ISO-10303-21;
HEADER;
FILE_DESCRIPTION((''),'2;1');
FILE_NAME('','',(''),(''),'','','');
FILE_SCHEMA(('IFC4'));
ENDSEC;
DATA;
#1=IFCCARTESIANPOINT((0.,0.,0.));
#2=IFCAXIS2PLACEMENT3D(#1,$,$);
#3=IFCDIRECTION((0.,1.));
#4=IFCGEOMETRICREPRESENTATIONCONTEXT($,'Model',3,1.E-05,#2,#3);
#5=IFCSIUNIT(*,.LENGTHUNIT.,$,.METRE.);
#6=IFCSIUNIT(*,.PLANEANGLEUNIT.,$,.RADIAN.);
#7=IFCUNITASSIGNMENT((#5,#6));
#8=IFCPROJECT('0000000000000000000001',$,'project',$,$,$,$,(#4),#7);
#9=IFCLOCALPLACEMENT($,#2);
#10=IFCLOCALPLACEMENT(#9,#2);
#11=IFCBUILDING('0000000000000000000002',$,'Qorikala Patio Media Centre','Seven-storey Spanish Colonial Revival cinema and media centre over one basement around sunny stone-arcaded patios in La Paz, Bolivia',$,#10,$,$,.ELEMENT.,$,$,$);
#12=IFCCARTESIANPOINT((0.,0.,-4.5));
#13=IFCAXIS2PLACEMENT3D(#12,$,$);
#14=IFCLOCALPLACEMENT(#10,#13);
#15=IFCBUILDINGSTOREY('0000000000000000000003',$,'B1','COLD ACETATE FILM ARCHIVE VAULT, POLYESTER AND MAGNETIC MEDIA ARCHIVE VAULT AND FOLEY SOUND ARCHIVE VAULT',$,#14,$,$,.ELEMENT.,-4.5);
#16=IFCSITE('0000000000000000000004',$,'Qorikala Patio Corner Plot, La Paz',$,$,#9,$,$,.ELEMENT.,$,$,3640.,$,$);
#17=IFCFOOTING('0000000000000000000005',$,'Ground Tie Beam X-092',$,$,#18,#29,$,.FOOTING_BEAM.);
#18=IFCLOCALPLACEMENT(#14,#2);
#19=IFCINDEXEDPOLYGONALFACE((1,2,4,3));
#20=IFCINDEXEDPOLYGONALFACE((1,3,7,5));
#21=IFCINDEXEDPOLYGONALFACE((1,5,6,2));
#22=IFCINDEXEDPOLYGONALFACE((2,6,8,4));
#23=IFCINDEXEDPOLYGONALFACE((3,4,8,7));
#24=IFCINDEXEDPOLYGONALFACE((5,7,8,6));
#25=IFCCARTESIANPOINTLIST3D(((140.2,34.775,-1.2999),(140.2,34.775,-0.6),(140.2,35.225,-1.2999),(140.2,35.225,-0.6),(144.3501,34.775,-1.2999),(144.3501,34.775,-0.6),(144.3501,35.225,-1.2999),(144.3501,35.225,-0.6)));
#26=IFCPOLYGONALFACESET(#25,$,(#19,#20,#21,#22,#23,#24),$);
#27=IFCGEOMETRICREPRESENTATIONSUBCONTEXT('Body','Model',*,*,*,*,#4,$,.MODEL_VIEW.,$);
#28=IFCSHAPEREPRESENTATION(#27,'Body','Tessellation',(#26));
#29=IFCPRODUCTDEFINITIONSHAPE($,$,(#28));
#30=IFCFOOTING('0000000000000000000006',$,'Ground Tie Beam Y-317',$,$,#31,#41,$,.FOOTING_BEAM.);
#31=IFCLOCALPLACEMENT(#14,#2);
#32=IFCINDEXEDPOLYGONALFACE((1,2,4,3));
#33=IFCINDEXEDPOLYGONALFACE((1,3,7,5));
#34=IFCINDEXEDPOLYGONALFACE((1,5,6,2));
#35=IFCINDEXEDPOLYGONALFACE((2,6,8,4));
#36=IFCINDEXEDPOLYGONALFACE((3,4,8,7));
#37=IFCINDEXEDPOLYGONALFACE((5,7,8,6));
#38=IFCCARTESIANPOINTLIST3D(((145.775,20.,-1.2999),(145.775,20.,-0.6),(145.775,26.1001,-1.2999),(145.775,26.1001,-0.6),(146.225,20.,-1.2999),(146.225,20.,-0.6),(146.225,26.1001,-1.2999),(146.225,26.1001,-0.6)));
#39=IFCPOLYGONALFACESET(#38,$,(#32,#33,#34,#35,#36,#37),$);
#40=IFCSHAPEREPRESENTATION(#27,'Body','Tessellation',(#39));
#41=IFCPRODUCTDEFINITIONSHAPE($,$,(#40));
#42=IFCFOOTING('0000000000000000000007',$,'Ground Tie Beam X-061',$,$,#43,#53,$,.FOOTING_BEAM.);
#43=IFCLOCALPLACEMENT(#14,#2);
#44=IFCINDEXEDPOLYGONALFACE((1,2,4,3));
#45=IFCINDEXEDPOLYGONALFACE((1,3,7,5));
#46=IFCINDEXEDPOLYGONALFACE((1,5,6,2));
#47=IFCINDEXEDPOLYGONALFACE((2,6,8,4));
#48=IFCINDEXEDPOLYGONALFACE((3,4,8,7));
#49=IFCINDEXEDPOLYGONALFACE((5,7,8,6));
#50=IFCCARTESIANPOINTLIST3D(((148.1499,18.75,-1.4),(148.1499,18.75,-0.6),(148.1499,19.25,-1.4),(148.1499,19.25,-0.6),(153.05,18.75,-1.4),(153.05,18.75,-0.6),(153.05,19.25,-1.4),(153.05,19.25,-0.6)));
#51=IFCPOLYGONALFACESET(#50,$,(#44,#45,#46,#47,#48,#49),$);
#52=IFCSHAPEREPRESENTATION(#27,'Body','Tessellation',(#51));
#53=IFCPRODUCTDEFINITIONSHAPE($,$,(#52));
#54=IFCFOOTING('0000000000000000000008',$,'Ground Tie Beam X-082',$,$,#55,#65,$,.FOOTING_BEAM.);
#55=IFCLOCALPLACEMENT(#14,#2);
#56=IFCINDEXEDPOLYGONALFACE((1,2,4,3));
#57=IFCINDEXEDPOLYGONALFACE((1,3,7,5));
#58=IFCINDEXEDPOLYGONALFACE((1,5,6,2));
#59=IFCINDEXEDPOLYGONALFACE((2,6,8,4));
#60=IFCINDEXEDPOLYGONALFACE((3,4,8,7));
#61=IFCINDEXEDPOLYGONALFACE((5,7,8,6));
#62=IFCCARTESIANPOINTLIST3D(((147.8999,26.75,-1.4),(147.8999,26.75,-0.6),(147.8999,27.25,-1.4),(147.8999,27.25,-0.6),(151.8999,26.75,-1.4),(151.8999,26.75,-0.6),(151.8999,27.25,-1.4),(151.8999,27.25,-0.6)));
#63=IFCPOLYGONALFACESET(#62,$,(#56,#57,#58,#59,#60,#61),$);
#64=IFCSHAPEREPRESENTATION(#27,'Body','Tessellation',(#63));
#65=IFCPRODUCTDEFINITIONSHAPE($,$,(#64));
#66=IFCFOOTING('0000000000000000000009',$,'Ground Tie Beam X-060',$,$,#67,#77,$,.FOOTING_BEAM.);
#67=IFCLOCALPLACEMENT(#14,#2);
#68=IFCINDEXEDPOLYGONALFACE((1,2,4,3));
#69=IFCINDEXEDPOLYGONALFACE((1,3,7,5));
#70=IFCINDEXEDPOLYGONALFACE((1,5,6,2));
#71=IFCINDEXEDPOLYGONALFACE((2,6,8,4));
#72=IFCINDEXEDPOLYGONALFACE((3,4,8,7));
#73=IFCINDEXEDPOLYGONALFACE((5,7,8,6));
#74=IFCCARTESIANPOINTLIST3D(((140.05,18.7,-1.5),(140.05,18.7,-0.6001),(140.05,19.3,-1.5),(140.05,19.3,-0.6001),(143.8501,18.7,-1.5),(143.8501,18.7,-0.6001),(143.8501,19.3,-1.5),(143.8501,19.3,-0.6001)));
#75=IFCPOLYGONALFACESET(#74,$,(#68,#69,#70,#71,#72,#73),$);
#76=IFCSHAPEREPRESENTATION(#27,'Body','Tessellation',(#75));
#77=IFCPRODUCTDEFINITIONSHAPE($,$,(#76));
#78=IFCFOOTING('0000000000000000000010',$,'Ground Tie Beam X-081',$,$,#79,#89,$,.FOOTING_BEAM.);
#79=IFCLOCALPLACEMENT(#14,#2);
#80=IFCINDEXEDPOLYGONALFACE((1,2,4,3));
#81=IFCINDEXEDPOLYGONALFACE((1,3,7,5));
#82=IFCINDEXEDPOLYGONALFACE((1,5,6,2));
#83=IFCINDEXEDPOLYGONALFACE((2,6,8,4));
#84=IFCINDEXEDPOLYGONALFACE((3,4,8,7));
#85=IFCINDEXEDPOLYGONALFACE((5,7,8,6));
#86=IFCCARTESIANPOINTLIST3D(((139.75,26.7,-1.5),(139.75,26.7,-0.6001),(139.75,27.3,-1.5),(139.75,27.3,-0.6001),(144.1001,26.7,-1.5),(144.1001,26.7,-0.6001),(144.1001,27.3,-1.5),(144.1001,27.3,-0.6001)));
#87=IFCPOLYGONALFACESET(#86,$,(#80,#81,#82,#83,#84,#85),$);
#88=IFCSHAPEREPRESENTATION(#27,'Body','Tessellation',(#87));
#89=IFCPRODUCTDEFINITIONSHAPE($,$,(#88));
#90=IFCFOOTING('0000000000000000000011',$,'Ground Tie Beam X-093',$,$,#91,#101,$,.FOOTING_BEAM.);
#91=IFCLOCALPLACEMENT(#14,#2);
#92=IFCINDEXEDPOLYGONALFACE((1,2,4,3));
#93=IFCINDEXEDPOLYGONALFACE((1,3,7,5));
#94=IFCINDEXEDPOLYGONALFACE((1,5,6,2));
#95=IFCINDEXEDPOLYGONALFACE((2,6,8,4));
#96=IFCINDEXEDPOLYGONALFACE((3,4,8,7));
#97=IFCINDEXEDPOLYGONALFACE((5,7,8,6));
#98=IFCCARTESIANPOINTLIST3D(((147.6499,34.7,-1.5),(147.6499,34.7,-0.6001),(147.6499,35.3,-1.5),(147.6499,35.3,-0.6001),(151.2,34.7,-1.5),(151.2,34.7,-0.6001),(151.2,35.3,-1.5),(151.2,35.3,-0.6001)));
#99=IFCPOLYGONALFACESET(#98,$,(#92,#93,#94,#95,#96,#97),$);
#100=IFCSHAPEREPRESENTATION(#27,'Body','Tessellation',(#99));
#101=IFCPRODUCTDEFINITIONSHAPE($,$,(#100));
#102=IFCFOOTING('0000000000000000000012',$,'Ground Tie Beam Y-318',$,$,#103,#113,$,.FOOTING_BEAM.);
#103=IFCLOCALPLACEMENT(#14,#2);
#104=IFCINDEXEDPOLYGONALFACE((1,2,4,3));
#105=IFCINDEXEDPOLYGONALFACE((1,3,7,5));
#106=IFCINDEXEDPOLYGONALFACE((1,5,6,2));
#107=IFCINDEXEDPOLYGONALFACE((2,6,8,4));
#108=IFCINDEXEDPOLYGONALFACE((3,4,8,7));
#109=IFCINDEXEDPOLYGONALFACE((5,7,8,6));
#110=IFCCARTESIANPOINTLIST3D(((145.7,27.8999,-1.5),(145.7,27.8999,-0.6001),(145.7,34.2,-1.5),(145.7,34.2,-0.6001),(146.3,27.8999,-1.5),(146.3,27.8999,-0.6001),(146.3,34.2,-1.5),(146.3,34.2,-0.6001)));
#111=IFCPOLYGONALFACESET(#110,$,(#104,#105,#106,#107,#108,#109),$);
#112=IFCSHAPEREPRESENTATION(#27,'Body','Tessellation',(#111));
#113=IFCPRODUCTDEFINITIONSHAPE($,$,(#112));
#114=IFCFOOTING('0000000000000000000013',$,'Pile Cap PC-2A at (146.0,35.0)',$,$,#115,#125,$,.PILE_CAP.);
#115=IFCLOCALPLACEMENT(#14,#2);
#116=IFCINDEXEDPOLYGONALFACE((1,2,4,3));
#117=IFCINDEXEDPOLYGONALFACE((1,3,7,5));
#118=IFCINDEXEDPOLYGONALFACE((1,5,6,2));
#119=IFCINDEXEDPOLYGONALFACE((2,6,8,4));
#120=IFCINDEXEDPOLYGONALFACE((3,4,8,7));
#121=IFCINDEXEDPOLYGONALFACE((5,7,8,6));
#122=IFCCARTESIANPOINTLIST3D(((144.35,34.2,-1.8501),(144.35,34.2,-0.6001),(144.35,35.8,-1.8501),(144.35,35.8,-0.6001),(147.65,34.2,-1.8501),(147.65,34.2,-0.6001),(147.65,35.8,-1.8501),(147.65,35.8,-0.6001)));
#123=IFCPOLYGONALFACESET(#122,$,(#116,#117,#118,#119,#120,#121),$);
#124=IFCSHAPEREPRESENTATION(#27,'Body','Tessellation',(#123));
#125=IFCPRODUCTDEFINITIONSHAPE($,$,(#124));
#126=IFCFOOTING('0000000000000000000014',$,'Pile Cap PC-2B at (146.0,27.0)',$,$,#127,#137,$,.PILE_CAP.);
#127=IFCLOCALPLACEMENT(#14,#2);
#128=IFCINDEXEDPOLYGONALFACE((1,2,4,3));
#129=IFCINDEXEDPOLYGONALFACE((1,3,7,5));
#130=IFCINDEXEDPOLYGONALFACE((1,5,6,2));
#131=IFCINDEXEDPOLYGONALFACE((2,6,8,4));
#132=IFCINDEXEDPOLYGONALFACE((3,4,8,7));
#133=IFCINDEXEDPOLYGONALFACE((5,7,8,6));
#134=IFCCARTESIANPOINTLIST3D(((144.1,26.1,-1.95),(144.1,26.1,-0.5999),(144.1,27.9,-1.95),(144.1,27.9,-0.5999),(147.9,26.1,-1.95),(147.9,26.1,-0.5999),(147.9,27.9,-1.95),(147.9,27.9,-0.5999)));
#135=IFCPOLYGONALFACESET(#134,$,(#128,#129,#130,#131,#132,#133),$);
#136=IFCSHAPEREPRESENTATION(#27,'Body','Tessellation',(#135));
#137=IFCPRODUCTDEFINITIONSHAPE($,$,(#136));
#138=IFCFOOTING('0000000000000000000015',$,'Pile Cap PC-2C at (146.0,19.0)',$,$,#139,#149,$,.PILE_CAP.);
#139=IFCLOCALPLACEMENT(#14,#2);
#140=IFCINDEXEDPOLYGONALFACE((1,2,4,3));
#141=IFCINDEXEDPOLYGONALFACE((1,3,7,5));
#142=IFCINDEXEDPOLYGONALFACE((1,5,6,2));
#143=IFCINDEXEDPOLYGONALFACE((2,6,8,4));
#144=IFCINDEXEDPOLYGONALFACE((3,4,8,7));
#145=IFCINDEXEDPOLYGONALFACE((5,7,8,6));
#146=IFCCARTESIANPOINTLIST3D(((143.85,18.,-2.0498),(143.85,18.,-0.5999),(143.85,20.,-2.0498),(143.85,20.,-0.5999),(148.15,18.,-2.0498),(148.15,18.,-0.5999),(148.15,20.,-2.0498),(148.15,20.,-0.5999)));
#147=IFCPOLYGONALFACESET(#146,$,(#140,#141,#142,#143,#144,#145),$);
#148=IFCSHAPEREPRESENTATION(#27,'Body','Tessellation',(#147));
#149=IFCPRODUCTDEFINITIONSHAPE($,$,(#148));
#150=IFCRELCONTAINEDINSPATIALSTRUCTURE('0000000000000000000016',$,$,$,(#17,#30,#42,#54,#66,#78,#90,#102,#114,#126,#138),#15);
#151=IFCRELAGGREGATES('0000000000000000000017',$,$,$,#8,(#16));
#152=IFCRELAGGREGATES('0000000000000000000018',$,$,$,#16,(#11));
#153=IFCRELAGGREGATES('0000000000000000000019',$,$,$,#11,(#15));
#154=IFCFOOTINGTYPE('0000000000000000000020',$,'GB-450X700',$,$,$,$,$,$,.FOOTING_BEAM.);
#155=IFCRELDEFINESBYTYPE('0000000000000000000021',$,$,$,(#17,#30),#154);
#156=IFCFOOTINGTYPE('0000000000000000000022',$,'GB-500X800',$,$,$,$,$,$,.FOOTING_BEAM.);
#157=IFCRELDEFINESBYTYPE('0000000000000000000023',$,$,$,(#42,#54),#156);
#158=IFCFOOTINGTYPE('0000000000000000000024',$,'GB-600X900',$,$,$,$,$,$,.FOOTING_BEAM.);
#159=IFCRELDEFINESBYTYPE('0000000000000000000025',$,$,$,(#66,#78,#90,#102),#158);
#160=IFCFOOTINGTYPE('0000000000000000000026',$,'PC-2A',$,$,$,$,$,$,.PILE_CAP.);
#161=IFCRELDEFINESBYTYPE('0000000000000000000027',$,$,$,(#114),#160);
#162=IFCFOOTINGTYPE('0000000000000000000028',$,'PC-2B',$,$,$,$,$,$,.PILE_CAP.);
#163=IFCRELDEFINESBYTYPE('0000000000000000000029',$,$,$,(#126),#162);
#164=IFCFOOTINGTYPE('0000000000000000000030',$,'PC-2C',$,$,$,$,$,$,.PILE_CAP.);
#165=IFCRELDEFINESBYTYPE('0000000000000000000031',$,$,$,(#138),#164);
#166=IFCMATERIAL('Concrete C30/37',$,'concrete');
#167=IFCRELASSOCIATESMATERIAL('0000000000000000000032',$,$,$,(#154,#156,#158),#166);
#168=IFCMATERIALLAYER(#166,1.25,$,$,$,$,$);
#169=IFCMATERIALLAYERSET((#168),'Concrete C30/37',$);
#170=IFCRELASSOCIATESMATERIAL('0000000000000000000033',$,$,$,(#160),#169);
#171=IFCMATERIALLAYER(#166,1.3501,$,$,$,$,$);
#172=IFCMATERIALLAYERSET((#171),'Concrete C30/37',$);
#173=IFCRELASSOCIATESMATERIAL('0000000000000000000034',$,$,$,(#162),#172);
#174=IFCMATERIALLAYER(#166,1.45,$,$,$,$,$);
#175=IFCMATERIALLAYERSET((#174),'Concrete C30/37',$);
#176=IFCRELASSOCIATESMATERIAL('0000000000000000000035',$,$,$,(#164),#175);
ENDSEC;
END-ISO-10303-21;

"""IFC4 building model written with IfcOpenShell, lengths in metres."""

from ifc_helpers import new_model, si_unit, direction, frame, origin, origin_2d, place, context, subcontext, project, spatial, rectangle, extrude, material, layer, layer_set, material_profile, profile_set, type_object, element, save


model = new_model("IFC4")

# Units and contexts
model_context = context("Model", 3, precision=1e-05, world=origin(), true_north=direction((0.0, 1.0)))
body_context = subcontext(model_context, "Body", "Model", "MODEL_VIEW")
ifc_project = project(units=[si_unit("LENGTHUNIT", "METRE"), si_unit("PLANEANGLEUNIT", "RADIAN")], contexts=[model_context])

# Site, building, storey
site_placement = place(None, origin())
site = spatial("IfcSite", under=ifc_project, at=site_placement, Name="Qorikala Patio Corner Plot, La Paz", CompositionType="ELEMENT", RefElevation=3640.0)
building_placement = place(site_placement, origin())
building = spatial("IfcBuilding", under=site, at=building_placement, Name="Qorikala Patio Media Centre", Description="Seven-storey Spanish Colonial Revival cinema and media centre over one basement around sunny stone-arcaded patios in La Paz, Bolivia", CompositionType="ELEMENT")
storey_placement = place(building_placement, frame((0.0, 0.0, -4.5)))
storey = spatial("IfcBuildingStorey", under=building, at=storey_placement, Name="B1", Description="COLD ACETATE FILM ARCHIVE VAULT, POLYESTER AND MAGNETIC MEDIA ARCHIVE VAULT AND FOLEY SOUND ARCHIVE VAULT", CompositionType="ELEMENT", Elevation=-4.5)

# Footings
ifc_material_1 = material(Name="Concrete C30/37", Category="concrete")
ifc_material_profile_1 = material_profile(ifc_material_1, rectangle(XDim=0.45, YDim=0.7, at=origin_2d()), Name="RC 450x700")
ifc_profile_set_1 = profile_set([ifc_material_profile_1], Name="Concrete C30/37")
footing_type_1 = type_object("IfcFootingType", Name="GB-450X700", PredefinedType="FOOTING_BEAM", material=ifc_profile_set_1)
footing_1_placement = place(storey_placement, frame((140.2, 35.0, -0.95), z_axis=(1.0, 0.0, 0.0), x_axis=(0.0, 1.0, 0.0)))
element("IfcFooting", 1, at=footing_1_placement, inside=storey, type_object=footing_type_1, Name="Ground Tie Beam X-092", PredefinedType="FOOTING_BEAM", context=body_context, shape_type="SweptSolid", body=[
    extrude(rectangle(XDim=0.45, YDim=0.7, at=origin_2d()), origin(), (0.0, 0.0, 1.0), 4.1501),
])
footing_2_placement = place(storey_placement, frame((146.0, 20.0, -0.95), z_axis=(0.0, 1.0, 0.0), x_axis=(-1.0, 0.0, 0.0)))
element("IfcFooting", 2, at=footing_2_placement, inside=storey, type_object=footing_type_1, Name="Ground Tie Beam Y-317", PredefinedType="FOOTING_BEAM", context=body_context, shape_type="SweptSolid", body=[
    extrude(rectangle(XDim=0.45, YDim=0.7, at=origin_2d()), origin(), (0.0, 0.0, 1.0), 6.1001),
])
ifc_material_profile_2 = material_profile(ifc_material_1, rectangle(XDim=0.5, YDim=0.8, at=origin_2d()), Name="RC 500x800")
ifc_profile_set_2 = profile_set([ifc_material_profile_2], Name="Concrete C30/37")
footing_type_2 = type_object("IfcFootingType", Name="GB-500X800", PredefinedType="FOOTING_BEAM", material=ifc_profile_set_2)
footing_3_placement = place(storey_placement, frame((148.1499, 19.0, -1.0), z_axis=(1.0, 0.0, 0.0), x_axis=(0.0, 1.0, 0.0)))
element("IfcFooting", 3, at=footing_3_placement, inside=storey, type_object=footing_type_2, Name="Ground Tie Beam X-061", PredefinedType="FOOTING_BEAM", context=body_context, shape_type="SweptSolid", body=[
    extrude(rectangle(XDim=0.5, YDim=0.8, at=origin_2d()), origin(), (0.0, 0.0, 1.0), 4.9001),
])
footing_4_placement = place(storey_placement, frame((147.8999, 27.0, -1.0), z_axis=(1.0, 0.0, 0.0), x_axis=(0.0, 1.0, 0.0)))
element("IfcFooting", 4, at=footing_4_placement, inside=storey, type_object=footing_type_2, Name="Ground Tie Beam X-082", PredefinedType="FOOTING_BEAM", context=body_context, shape_type="SweptSolid", body=[
    extrude(rectangle(XDim=0.5, YDim=0.8, at=origin_2d()), origin(), (0.0, 0.0, 1.0), 4.0),
])
ifc_material_profile_3 = material_profile(ifc_material_1, rectangle(XDim=0.6001, YDim=0.8999, at=origin_2d()), Name="RC 600x900")
ifc_profile_set_3 = profile_set([ifc_material_profile_3], Name="Concrete C30/37")
footing_type_3 = type_object("IfcFootingType", Name="GB-600X900", PredefinedType="FOOTING_BEAM", material=ifc_profile_set_3)
footing_5_placement = place(storey_placement, frame((140.05, 19.0, -1.05), z_axis=(1.0, 0.0, 0.0), x_axis=(0.0, 1.0, 0.0)))
element("IfcFooting", 5, at=footing_5_placement, inside=storey, type_object=footing_type_3, Name="Ground Tie Beam X-060", PredefinedType="FOOTING_BEAM", context=body_context, shape_type="SweptSolid", body=[
    extrude(rectangle(XDim=0.6001, YDim=0.8999, at=origin_2d()), origin(), (0.0, 0.0, 1.0), 3.8),
])
footing_6_placement = place(storey_placement, frame((139.75, 27.0, -1.05), z_axis=(1.0, 0.0, 0.0), x_axis=(0.0, 1.0, 0.0)))
element("IfcFooting", 6, at=footing_6_placement, inside=storey, type_object=footing_type_3, Name="Ground Tie Beam X-081", PredefinedType="FOOTING_BEAM", context=body_context, shape_type="SweptSolid", body=[
    extrude(rectangle(XDim=0.6001, YDim=0.8999, at=origin_2d()), origin(), (0.0, 0.0, 1.0), 4.3501),
])
footing_7_placement = place(storey_placement, frame((147.6499, 35.0, -1.05), z_axis=(1.0, 0.0, 0.0), x_axis=(0.0, 1.0, 0.0)))
element("IfcFooting", 7, at=footing_7_placement, inside=storey, type_object=footing_type_3, Name="Ground Tie Beam X-093", PredefinedType="FOOTING_BEAM", context=body_context, shape_type="SweptSolid", body=[
    extrude(rectangle(XDim=0.6001, YDim=0.8999, at=origin_2d()), origin(), (0.0, 0.0, 1.0), 3.55),
])
footing_8_placement = place(storey_placement, frame((146.0, 27.8999, -1.05), z_axis=(0.0, 1.0, 0.0), x_axis=(-1.0, 0.0, 0.0)))
element("IfcFooting", 8, at=footing_8_placement, inside=storey, type_object=footing_type_3, Name="Ground Tie Beam Y-318", PredefinedType="FOOTING_BEAM", context=body_context, shape_type="SweptSolid", body=[
    extrude(rectangle(XDim=0.6001, YDim=0.8999, at=origin_2d()), origin(), (0.0, 0.0, 1.0), 6.3),
])
ifc_layer_1 = layer(ifc_material_1, 1.25)
ifc_layer_set_1 = layer_set([ifc_layer_1], Name="Concrete C30/37")
footing_type_4 = type_object("IfcFootingType", Name="PC-2A", PredefinedType="PILE_CAP", material=ifc_layer_set_1)
footing_9_placement = place(storey_placement, frame((146.0, 35.0, -1.8501), z_axis=(0.0, 0.0, 1.0), x_axis=(1.0, 0.0, 0.0)))
element("IfcFooting", 9, at=footing_9_placement, inside=storey, type_object=footing_type_4, Name="Pile Cap PC-2A at (146.0,35.0)", PredefinedType="PILE_CAP", context=body_context, shape_type="SweptSolid", body=[
    extrude(rectangle(XDim=3.3, YDim=1.6001, at=origin_2d()), origin(), (0.0, 0.0, 1.0), 1.25),
])
ifc_layer_2 = layer(ifc_material_1, 1.3501)
ifc_layer_set_2 = layer_set([ifc_layer_2], Name="Concrete C30/37")
footing_type_5 = type_object("IfcFootingType", Name="PC-2B", PredefinedType="PILE_CAP", material=ifc_layer_set_2)
footing_10_placement = place(storey_placement, frame((146.0, 27.0, -1.95), z_axis=(0.0, 0.0, 1.0), x_axis=(1.0, 0.0, 0.0)))
element("IfcFooting", 10, at=footing_10_placement, inside=storey, type_object=footing_type_5, Name="Pile Cap PC-2B at (146.0,27.0)", PredefinedType="PILE_CAP", context=body_context, shape_type="SweptSolid", body=[
    extrude(rectangle(XDim=3.8, YDim=1.8, at=origin_2d()), origin(), (0.0, 0.0, 1.0), 1.3501),
])
ifc_layer_3 = layer(ifc_material_1, 1.45)
ifc_layer_set_3 = layer_set([ifc_layer_3], Name="Concrete C30/37")
footing_type_6 = type_object("IfcFootingType", Name="PC-2C", PredefinedType="PILE_CAP", material=ifc_layer_set_3)
footing_11_placement = place(storey_placement, frame((146.0, 19.0, -2.0498), z_axis=(0.0, 0.0, 1.0), x_axis=(1.0, 0.0, 0.0)))
element("IfcFooting", 11, at=footing_11_placement, inside=storey, type_object=footing_type_6, Name="Pile Cap PC-2C at (146.0,19.0)", PredefinedType="PILE_CAP", context=body_context, shape_type="SweptSolid", body=[
    extrude(rectangle(XDim=4.3, YDim=2.0, at=origin_2d()), origin(), (0.0, 0.0, 1.0), 1.45),
])

save(model, "model.ifc")
